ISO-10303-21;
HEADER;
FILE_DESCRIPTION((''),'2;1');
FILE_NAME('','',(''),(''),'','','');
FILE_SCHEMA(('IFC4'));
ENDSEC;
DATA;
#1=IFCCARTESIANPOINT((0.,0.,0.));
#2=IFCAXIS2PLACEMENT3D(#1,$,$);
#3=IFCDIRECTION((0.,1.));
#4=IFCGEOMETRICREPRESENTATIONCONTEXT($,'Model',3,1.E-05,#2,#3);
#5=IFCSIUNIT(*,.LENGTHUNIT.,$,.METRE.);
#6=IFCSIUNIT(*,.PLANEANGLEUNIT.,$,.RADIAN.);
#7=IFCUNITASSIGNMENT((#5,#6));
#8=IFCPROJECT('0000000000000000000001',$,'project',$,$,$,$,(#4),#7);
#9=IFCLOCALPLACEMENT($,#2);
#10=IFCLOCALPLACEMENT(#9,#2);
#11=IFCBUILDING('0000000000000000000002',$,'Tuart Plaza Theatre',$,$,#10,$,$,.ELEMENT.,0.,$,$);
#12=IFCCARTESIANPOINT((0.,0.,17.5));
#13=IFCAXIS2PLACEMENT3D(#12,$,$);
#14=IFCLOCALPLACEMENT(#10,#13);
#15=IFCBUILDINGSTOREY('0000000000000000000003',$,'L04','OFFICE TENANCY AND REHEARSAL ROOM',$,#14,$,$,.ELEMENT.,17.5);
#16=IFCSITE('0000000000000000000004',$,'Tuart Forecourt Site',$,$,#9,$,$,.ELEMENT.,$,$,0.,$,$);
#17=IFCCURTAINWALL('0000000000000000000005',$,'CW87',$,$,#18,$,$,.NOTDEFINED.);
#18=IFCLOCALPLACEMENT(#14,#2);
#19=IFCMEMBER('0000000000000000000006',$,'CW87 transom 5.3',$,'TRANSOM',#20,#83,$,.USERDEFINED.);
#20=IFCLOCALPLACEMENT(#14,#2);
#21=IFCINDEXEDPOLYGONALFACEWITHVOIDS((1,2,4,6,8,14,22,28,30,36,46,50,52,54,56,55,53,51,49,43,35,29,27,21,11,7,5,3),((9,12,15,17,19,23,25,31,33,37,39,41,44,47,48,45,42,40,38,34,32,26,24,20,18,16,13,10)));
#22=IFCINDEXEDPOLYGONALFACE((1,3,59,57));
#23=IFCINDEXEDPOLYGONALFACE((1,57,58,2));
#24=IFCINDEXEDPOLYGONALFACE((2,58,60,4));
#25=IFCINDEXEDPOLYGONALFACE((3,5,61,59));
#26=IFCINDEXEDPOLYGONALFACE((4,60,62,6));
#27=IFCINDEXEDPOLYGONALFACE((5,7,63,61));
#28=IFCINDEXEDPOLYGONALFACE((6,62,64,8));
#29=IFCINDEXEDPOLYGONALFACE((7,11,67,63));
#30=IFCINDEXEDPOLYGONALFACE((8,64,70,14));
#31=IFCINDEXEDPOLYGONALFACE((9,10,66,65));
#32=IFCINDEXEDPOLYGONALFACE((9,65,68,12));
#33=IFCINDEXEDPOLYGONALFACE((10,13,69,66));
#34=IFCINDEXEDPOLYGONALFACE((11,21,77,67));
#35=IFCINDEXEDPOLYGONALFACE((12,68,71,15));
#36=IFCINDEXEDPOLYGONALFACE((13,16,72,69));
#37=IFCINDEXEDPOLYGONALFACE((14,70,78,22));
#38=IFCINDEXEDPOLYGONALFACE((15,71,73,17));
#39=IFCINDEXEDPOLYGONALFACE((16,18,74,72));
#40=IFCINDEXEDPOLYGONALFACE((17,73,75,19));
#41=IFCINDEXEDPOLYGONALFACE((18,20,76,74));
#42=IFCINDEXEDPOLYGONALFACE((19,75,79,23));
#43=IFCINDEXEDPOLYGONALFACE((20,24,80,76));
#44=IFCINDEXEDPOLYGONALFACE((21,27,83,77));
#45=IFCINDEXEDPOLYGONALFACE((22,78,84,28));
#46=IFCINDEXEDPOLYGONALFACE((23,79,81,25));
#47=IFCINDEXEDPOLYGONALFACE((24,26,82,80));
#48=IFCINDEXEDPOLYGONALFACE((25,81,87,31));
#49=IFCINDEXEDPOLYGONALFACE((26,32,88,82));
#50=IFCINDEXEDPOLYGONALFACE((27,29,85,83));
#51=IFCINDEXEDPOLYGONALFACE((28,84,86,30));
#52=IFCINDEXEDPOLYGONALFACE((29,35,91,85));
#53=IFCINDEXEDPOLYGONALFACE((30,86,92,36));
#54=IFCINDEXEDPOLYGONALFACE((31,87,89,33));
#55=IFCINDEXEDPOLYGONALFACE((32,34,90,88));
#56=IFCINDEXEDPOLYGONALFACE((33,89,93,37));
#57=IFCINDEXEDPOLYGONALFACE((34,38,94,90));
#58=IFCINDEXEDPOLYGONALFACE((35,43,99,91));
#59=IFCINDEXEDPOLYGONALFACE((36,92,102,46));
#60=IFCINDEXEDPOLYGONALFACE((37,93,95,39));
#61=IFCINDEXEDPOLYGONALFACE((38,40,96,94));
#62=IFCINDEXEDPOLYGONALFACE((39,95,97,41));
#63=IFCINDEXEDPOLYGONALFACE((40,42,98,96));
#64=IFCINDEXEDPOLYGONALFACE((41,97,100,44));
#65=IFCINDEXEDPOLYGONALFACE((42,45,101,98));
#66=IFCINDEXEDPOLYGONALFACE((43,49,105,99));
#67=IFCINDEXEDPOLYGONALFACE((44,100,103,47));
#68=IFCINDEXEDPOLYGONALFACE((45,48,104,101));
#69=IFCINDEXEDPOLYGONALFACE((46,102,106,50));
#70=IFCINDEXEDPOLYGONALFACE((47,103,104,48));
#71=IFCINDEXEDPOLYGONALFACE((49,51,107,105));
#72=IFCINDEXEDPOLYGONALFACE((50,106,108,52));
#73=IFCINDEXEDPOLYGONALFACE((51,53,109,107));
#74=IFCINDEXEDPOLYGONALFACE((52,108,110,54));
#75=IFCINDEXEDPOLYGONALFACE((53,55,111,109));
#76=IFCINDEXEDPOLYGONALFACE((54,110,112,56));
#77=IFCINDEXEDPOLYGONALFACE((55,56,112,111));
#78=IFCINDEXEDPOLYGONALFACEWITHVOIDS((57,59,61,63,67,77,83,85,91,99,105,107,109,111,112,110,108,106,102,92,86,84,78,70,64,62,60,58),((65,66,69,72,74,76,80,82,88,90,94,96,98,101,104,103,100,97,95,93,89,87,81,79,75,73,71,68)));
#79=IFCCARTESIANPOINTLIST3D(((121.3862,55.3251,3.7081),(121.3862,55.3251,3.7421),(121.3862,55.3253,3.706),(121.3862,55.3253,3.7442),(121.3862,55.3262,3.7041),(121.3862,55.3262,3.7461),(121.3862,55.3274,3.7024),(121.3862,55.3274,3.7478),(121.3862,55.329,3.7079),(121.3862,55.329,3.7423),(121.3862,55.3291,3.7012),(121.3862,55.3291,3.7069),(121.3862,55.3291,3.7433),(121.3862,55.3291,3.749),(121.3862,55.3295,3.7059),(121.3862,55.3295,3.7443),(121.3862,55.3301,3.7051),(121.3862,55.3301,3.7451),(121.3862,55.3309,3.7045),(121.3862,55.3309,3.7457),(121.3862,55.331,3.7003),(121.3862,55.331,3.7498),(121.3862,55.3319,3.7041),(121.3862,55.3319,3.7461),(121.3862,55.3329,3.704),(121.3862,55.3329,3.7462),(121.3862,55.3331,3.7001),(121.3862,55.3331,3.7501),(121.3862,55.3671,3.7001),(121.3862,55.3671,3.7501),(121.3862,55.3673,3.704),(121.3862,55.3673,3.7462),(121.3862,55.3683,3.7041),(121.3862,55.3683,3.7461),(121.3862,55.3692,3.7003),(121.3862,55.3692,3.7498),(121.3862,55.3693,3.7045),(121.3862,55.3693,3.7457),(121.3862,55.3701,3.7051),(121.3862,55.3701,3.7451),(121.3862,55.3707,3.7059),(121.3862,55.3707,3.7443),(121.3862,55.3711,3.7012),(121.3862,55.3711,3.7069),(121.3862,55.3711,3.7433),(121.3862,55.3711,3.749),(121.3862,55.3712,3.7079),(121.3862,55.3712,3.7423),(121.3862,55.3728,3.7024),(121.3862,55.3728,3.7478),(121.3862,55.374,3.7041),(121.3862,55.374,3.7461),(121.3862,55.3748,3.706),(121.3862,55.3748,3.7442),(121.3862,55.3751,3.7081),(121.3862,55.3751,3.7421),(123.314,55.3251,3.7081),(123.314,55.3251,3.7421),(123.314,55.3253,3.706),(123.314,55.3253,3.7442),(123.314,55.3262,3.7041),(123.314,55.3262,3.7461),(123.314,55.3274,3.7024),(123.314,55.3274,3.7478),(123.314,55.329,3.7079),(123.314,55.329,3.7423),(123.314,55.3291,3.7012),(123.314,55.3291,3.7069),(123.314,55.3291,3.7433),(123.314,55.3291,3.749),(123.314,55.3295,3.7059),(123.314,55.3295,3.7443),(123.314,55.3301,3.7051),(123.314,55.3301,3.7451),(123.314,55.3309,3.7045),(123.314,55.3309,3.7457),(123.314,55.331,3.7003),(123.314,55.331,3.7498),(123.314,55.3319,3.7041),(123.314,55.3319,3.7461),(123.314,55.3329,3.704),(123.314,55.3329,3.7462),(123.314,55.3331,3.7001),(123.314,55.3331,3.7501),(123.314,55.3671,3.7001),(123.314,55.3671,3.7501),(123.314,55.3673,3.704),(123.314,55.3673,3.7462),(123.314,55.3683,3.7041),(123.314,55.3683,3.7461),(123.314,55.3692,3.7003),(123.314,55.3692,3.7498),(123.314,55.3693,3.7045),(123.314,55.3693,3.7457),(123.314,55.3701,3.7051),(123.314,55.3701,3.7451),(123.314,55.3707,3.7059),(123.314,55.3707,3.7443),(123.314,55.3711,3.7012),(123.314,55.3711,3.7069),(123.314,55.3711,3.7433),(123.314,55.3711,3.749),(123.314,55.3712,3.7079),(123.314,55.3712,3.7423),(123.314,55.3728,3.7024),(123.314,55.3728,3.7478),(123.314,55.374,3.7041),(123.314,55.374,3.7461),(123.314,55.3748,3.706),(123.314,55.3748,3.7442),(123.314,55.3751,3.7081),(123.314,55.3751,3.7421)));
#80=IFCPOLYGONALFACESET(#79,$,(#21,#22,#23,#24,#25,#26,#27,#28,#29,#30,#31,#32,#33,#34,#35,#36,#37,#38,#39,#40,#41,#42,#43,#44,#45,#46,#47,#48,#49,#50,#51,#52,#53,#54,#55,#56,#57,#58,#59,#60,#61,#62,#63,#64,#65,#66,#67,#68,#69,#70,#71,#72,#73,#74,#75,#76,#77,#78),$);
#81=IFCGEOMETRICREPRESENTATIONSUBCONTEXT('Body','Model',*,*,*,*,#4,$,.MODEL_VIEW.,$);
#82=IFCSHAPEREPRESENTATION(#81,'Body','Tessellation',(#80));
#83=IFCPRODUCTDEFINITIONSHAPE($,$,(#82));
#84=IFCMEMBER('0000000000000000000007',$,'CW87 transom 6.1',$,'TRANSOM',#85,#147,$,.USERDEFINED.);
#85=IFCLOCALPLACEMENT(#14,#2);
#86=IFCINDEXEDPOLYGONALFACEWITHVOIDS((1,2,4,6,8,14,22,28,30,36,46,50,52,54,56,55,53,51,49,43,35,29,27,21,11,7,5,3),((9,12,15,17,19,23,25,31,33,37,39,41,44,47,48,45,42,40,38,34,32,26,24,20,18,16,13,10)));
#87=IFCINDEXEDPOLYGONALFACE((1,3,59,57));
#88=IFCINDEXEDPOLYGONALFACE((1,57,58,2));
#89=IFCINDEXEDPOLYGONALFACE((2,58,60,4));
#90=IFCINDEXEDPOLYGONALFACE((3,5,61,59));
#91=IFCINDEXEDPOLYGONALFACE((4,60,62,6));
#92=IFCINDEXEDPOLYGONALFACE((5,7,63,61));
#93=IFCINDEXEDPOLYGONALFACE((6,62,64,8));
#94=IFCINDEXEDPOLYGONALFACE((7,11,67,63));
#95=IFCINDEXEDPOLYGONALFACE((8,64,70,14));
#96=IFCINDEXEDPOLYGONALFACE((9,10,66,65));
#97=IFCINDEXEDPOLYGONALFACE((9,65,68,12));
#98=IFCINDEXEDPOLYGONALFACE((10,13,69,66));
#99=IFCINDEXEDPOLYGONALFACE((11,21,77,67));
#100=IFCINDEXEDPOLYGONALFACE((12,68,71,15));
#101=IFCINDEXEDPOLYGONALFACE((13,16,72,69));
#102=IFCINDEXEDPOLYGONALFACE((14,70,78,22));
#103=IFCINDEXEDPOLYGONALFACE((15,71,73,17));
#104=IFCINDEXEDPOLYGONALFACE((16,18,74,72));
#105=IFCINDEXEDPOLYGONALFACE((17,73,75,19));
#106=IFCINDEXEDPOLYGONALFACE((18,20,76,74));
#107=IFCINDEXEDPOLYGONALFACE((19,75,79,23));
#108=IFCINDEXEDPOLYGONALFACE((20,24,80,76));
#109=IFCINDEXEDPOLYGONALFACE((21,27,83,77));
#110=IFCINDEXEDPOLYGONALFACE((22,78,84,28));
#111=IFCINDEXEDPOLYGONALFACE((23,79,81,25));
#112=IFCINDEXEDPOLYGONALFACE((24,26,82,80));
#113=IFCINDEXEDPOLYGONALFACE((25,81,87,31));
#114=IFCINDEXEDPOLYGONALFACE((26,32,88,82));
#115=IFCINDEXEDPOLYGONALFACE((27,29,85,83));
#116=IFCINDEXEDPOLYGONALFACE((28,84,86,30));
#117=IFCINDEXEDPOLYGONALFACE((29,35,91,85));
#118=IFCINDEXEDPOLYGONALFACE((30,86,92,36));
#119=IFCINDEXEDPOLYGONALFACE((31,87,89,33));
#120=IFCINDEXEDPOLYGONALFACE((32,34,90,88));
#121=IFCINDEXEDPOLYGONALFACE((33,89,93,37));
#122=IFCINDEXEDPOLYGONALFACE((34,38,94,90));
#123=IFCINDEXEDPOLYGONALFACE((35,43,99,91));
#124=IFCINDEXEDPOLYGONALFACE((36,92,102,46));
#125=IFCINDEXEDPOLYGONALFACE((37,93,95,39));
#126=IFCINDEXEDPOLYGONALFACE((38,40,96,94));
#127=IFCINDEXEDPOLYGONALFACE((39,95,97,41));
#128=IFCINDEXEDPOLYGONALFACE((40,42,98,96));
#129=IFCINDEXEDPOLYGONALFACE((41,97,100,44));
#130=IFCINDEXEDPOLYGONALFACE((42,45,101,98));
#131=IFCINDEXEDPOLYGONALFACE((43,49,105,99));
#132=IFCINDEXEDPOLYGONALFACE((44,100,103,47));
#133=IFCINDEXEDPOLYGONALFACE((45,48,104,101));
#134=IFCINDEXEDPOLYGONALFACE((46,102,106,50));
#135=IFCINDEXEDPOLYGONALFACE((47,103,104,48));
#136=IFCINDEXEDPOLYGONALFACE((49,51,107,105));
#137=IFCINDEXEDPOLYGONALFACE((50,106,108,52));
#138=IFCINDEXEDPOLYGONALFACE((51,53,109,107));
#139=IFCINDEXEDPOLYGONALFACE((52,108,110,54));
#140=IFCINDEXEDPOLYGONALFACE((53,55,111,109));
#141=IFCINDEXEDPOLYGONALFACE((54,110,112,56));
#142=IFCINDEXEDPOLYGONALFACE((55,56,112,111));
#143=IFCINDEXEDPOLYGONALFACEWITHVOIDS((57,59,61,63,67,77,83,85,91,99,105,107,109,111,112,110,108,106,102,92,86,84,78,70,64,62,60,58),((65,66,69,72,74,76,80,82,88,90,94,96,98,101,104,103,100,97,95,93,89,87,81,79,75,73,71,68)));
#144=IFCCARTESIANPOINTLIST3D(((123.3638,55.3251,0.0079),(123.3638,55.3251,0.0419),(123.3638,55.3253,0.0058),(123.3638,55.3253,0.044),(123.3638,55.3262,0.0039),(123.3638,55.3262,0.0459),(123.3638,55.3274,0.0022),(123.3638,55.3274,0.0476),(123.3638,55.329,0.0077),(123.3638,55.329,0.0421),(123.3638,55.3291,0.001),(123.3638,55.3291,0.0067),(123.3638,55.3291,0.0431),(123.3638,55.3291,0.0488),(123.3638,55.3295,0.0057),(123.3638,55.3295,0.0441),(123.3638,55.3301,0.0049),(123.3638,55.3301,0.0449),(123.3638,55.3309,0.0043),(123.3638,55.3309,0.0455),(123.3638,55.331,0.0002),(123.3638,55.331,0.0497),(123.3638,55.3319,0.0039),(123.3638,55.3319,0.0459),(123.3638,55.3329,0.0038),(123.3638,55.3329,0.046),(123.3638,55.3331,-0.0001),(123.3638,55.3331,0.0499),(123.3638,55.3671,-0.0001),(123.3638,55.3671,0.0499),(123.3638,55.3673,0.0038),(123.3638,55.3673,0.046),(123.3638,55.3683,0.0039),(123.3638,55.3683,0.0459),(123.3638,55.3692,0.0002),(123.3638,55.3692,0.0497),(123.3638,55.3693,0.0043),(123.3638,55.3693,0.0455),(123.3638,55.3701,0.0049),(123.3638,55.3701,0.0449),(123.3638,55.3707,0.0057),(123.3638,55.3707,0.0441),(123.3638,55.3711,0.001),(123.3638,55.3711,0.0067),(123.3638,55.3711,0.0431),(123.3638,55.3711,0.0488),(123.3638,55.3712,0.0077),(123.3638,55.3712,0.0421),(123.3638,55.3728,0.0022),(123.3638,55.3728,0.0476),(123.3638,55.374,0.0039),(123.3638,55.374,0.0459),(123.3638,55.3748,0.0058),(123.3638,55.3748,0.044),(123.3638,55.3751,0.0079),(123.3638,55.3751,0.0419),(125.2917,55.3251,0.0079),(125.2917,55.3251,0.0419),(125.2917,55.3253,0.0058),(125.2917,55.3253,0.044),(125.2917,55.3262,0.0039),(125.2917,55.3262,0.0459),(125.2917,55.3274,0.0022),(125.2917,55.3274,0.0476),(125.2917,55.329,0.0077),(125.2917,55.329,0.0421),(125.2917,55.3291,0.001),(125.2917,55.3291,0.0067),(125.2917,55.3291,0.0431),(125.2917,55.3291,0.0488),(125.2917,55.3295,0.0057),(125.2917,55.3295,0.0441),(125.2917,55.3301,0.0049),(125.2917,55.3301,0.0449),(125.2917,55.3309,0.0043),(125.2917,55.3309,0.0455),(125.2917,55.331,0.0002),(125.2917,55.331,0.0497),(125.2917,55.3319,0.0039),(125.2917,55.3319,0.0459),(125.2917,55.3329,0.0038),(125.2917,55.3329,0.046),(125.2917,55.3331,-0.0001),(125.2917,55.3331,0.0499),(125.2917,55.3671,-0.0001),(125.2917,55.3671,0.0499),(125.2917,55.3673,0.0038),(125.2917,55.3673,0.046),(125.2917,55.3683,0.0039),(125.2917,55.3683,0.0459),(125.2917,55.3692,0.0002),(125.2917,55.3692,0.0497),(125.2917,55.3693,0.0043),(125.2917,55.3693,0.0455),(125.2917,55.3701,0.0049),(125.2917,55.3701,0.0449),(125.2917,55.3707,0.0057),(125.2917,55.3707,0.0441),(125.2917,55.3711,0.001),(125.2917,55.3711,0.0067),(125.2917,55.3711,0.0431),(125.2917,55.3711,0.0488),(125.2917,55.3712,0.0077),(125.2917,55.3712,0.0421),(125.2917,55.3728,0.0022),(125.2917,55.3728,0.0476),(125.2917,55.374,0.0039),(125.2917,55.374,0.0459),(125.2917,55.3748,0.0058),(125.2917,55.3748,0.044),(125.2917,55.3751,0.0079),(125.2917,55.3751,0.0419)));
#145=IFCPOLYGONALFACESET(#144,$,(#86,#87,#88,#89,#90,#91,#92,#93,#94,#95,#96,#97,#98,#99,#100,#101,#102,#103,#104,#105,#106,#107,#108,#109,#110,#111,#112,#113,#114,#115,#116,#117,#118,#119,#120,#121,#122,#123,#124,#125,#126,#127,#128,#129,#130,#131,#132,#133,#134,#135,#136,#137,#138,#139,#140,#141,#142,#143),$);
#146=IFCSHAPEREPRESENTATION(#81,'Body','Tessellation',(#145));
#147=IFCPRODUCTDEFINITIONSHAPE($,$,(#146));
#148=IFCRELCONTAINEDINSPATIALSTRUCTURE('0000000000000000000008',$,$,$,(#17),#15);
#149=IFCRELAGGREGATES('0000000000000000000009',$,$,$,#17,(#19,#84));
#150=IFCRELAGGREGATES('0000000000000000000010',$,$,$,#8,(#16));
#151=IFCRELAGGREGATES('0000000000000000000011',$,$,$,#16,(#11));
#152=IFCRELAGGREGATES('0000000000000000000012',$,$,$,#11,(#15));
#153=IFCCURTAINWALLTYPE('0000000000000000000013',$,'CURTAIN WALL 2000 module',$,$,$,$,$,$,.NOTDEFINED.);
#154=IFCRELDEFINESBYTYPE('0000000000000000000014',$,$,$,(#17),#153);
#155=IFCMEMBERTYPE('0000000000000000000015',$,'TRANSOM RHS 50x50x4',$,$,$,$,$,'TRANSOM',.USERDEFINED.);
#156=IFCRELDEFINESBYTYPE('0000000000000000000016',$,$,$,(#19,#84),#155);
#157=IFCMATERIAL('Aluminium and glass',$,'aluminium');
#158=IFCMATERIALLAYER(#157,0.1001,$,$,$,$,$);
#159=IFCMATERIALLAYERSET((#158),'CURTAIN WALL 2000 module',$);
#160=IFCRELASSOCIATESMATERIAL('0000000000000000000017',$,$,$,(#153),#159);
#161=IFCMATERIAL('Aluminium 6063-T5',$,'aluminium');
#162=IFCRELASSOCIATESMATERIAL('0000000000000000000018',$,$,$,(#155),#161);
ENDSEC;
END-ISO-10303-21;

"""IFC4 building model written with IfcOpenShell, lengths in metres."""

from ifc_helpers import new_model, si_unit, direction, frame, origin, origin_2d, place, context, subcontext, project, spatial, hollow_rectangle, extrude, material, layer, layer_set, material_profile, profile_set, type_object, element, aggregate, save


model = new_model("IFC4")

# Units and contexts
model_context = context("Model", 3, precision=1e-05, world=origin(), true_north=direction((0.0, 1.0)))
body_context = subcontext(model_context, "Body", "Model", "MODEL_VIEW")
ifc_project = project(units=[si_unit("LENGTHUNIT", "METRE"), si_unit("PLANEANGLEUNIT", "RADIAN")], contexts=[model_context])

# Site, building, storey
site_placement = place(None, origin())
site = spatial("IfcSite", under=ifc_project, at=site_placement, Name="Tuart Forecourt Site", CompositionType="ELEMENT", RefElevation=0.0)
building_placement = place(site_placement, origin())
building = spatial("IfcBuilding", under=site, at=building_placement, Name="Tuart Plaza Theatre", CompositionType="ELEMENT", ElevationOfRefHeight=0.0)
storey_placement = place(building_placement, frame((0.0, 0.0, 17.5)))
storey = spatial("IfcBuildingStorey", under=building, at=storey_placement, Name="L04", Description="OFFICE TENANCY AND REHEARSAL ROOM", CompositionType="ELEMENT", Elevation=17.5)

# Curtain wall, members
ifc_material_1 = material(Name="Aluminium and glass", Category="aluminium")
ifc_layer_1 = layer(ifc_material_1, 0.1001)
ifc_layer_set_1 = layer_set([ifc_layer_1], Name="CURTAIN WALL 2000 module")
curtain_wall_type = type_object("IfcCurtainWallType", Name="CURTAIN WALL 2000 module", PredefinedType="NOTDEFINED", material=ifc_layer_set_1)
curtain_wall_placement = place(storey_placement, origin())
curtain_wall = element("IfcCurtainWall", 1, at=curtain_wall_placement, inside=storey, type_object=curtain_wall_type, Name="CW87", PredefinedType="NOTDEFINED")
ifc_material_2 = material(Name="Aluminium 6063-T5", Category="aluminium")
ifc_material_profile_1 = material_profile(ifc_material_2, hollow_rectangle(XDim=0.05, YDim=0.05, WallThickness=0.0039, InnerFilletRadius=0.0039, OuterFilletRadius=0.0081, at=origin_2d()), Name="RHS 50x50x4")
ifc_profile_set_1 = profile_set([ifc_material_profile_1], Name="Aluminium 6063-T5")
member_type_1 = type_object("IfcMemberType", Name="TRANSOM RHS 50x50x4", ElementType="TRANSOM", PredefinedType="USERDEFINED", material=ifc_profile_set_1)
member_1_placement = place(storey_placement, frame((121.3862, 55.3501, 3.7251), z_axis=(1.0, 0.0, 0.0), x_axis=(0.0, 1.0, 0.0)))
member_1 = element("IfcMember", 2, at=member_1_placement, type_object=member_type_1, Name="CW87 transom 5.3", ObjectType="TRANSOM", PredefinedType="USERDEFINED", context=body_context, shape_type="SweptSolid", body=[
    extrude(hollow_rectangle(XDim=0.05, YDim=0.05, WallThickness=0.0039, InnerFilletRadius=0.0039, OuterFilletRadius=0.0081, at=origin_2d()), origin(), (0.0, 0.0, 1.0), 1.9277),
])
member_2_placement = place(storey_placement, frame((123.3638, 55.3501, 0.0249), z_axis=(1.0, 0.0, 0.0), x_axis=(0.0, 1.0, 0.0)))
member_2 = element("IfcMember", 3, at=member_2_placement, type_object=member_type_1, Name="CW87 transom 6.1", ObjectType="TRANSOM", PredefinedType="USERDEFINED", context=body_context, shape_type="SweptSolid", body=[
    extrude(hollow_rectangle(XDim=0.05, YDim=0.05, WallThickness=0.0039, InnerFilletRadius=0.0039, OuterFilletRadius=0.0081, at=origin_2d()), origin(), (0.0, 0.0, 1.0), 1.928),
])
aggregate(curtain_wall, [member_1, member_2])

save(model, "model.ifc")
